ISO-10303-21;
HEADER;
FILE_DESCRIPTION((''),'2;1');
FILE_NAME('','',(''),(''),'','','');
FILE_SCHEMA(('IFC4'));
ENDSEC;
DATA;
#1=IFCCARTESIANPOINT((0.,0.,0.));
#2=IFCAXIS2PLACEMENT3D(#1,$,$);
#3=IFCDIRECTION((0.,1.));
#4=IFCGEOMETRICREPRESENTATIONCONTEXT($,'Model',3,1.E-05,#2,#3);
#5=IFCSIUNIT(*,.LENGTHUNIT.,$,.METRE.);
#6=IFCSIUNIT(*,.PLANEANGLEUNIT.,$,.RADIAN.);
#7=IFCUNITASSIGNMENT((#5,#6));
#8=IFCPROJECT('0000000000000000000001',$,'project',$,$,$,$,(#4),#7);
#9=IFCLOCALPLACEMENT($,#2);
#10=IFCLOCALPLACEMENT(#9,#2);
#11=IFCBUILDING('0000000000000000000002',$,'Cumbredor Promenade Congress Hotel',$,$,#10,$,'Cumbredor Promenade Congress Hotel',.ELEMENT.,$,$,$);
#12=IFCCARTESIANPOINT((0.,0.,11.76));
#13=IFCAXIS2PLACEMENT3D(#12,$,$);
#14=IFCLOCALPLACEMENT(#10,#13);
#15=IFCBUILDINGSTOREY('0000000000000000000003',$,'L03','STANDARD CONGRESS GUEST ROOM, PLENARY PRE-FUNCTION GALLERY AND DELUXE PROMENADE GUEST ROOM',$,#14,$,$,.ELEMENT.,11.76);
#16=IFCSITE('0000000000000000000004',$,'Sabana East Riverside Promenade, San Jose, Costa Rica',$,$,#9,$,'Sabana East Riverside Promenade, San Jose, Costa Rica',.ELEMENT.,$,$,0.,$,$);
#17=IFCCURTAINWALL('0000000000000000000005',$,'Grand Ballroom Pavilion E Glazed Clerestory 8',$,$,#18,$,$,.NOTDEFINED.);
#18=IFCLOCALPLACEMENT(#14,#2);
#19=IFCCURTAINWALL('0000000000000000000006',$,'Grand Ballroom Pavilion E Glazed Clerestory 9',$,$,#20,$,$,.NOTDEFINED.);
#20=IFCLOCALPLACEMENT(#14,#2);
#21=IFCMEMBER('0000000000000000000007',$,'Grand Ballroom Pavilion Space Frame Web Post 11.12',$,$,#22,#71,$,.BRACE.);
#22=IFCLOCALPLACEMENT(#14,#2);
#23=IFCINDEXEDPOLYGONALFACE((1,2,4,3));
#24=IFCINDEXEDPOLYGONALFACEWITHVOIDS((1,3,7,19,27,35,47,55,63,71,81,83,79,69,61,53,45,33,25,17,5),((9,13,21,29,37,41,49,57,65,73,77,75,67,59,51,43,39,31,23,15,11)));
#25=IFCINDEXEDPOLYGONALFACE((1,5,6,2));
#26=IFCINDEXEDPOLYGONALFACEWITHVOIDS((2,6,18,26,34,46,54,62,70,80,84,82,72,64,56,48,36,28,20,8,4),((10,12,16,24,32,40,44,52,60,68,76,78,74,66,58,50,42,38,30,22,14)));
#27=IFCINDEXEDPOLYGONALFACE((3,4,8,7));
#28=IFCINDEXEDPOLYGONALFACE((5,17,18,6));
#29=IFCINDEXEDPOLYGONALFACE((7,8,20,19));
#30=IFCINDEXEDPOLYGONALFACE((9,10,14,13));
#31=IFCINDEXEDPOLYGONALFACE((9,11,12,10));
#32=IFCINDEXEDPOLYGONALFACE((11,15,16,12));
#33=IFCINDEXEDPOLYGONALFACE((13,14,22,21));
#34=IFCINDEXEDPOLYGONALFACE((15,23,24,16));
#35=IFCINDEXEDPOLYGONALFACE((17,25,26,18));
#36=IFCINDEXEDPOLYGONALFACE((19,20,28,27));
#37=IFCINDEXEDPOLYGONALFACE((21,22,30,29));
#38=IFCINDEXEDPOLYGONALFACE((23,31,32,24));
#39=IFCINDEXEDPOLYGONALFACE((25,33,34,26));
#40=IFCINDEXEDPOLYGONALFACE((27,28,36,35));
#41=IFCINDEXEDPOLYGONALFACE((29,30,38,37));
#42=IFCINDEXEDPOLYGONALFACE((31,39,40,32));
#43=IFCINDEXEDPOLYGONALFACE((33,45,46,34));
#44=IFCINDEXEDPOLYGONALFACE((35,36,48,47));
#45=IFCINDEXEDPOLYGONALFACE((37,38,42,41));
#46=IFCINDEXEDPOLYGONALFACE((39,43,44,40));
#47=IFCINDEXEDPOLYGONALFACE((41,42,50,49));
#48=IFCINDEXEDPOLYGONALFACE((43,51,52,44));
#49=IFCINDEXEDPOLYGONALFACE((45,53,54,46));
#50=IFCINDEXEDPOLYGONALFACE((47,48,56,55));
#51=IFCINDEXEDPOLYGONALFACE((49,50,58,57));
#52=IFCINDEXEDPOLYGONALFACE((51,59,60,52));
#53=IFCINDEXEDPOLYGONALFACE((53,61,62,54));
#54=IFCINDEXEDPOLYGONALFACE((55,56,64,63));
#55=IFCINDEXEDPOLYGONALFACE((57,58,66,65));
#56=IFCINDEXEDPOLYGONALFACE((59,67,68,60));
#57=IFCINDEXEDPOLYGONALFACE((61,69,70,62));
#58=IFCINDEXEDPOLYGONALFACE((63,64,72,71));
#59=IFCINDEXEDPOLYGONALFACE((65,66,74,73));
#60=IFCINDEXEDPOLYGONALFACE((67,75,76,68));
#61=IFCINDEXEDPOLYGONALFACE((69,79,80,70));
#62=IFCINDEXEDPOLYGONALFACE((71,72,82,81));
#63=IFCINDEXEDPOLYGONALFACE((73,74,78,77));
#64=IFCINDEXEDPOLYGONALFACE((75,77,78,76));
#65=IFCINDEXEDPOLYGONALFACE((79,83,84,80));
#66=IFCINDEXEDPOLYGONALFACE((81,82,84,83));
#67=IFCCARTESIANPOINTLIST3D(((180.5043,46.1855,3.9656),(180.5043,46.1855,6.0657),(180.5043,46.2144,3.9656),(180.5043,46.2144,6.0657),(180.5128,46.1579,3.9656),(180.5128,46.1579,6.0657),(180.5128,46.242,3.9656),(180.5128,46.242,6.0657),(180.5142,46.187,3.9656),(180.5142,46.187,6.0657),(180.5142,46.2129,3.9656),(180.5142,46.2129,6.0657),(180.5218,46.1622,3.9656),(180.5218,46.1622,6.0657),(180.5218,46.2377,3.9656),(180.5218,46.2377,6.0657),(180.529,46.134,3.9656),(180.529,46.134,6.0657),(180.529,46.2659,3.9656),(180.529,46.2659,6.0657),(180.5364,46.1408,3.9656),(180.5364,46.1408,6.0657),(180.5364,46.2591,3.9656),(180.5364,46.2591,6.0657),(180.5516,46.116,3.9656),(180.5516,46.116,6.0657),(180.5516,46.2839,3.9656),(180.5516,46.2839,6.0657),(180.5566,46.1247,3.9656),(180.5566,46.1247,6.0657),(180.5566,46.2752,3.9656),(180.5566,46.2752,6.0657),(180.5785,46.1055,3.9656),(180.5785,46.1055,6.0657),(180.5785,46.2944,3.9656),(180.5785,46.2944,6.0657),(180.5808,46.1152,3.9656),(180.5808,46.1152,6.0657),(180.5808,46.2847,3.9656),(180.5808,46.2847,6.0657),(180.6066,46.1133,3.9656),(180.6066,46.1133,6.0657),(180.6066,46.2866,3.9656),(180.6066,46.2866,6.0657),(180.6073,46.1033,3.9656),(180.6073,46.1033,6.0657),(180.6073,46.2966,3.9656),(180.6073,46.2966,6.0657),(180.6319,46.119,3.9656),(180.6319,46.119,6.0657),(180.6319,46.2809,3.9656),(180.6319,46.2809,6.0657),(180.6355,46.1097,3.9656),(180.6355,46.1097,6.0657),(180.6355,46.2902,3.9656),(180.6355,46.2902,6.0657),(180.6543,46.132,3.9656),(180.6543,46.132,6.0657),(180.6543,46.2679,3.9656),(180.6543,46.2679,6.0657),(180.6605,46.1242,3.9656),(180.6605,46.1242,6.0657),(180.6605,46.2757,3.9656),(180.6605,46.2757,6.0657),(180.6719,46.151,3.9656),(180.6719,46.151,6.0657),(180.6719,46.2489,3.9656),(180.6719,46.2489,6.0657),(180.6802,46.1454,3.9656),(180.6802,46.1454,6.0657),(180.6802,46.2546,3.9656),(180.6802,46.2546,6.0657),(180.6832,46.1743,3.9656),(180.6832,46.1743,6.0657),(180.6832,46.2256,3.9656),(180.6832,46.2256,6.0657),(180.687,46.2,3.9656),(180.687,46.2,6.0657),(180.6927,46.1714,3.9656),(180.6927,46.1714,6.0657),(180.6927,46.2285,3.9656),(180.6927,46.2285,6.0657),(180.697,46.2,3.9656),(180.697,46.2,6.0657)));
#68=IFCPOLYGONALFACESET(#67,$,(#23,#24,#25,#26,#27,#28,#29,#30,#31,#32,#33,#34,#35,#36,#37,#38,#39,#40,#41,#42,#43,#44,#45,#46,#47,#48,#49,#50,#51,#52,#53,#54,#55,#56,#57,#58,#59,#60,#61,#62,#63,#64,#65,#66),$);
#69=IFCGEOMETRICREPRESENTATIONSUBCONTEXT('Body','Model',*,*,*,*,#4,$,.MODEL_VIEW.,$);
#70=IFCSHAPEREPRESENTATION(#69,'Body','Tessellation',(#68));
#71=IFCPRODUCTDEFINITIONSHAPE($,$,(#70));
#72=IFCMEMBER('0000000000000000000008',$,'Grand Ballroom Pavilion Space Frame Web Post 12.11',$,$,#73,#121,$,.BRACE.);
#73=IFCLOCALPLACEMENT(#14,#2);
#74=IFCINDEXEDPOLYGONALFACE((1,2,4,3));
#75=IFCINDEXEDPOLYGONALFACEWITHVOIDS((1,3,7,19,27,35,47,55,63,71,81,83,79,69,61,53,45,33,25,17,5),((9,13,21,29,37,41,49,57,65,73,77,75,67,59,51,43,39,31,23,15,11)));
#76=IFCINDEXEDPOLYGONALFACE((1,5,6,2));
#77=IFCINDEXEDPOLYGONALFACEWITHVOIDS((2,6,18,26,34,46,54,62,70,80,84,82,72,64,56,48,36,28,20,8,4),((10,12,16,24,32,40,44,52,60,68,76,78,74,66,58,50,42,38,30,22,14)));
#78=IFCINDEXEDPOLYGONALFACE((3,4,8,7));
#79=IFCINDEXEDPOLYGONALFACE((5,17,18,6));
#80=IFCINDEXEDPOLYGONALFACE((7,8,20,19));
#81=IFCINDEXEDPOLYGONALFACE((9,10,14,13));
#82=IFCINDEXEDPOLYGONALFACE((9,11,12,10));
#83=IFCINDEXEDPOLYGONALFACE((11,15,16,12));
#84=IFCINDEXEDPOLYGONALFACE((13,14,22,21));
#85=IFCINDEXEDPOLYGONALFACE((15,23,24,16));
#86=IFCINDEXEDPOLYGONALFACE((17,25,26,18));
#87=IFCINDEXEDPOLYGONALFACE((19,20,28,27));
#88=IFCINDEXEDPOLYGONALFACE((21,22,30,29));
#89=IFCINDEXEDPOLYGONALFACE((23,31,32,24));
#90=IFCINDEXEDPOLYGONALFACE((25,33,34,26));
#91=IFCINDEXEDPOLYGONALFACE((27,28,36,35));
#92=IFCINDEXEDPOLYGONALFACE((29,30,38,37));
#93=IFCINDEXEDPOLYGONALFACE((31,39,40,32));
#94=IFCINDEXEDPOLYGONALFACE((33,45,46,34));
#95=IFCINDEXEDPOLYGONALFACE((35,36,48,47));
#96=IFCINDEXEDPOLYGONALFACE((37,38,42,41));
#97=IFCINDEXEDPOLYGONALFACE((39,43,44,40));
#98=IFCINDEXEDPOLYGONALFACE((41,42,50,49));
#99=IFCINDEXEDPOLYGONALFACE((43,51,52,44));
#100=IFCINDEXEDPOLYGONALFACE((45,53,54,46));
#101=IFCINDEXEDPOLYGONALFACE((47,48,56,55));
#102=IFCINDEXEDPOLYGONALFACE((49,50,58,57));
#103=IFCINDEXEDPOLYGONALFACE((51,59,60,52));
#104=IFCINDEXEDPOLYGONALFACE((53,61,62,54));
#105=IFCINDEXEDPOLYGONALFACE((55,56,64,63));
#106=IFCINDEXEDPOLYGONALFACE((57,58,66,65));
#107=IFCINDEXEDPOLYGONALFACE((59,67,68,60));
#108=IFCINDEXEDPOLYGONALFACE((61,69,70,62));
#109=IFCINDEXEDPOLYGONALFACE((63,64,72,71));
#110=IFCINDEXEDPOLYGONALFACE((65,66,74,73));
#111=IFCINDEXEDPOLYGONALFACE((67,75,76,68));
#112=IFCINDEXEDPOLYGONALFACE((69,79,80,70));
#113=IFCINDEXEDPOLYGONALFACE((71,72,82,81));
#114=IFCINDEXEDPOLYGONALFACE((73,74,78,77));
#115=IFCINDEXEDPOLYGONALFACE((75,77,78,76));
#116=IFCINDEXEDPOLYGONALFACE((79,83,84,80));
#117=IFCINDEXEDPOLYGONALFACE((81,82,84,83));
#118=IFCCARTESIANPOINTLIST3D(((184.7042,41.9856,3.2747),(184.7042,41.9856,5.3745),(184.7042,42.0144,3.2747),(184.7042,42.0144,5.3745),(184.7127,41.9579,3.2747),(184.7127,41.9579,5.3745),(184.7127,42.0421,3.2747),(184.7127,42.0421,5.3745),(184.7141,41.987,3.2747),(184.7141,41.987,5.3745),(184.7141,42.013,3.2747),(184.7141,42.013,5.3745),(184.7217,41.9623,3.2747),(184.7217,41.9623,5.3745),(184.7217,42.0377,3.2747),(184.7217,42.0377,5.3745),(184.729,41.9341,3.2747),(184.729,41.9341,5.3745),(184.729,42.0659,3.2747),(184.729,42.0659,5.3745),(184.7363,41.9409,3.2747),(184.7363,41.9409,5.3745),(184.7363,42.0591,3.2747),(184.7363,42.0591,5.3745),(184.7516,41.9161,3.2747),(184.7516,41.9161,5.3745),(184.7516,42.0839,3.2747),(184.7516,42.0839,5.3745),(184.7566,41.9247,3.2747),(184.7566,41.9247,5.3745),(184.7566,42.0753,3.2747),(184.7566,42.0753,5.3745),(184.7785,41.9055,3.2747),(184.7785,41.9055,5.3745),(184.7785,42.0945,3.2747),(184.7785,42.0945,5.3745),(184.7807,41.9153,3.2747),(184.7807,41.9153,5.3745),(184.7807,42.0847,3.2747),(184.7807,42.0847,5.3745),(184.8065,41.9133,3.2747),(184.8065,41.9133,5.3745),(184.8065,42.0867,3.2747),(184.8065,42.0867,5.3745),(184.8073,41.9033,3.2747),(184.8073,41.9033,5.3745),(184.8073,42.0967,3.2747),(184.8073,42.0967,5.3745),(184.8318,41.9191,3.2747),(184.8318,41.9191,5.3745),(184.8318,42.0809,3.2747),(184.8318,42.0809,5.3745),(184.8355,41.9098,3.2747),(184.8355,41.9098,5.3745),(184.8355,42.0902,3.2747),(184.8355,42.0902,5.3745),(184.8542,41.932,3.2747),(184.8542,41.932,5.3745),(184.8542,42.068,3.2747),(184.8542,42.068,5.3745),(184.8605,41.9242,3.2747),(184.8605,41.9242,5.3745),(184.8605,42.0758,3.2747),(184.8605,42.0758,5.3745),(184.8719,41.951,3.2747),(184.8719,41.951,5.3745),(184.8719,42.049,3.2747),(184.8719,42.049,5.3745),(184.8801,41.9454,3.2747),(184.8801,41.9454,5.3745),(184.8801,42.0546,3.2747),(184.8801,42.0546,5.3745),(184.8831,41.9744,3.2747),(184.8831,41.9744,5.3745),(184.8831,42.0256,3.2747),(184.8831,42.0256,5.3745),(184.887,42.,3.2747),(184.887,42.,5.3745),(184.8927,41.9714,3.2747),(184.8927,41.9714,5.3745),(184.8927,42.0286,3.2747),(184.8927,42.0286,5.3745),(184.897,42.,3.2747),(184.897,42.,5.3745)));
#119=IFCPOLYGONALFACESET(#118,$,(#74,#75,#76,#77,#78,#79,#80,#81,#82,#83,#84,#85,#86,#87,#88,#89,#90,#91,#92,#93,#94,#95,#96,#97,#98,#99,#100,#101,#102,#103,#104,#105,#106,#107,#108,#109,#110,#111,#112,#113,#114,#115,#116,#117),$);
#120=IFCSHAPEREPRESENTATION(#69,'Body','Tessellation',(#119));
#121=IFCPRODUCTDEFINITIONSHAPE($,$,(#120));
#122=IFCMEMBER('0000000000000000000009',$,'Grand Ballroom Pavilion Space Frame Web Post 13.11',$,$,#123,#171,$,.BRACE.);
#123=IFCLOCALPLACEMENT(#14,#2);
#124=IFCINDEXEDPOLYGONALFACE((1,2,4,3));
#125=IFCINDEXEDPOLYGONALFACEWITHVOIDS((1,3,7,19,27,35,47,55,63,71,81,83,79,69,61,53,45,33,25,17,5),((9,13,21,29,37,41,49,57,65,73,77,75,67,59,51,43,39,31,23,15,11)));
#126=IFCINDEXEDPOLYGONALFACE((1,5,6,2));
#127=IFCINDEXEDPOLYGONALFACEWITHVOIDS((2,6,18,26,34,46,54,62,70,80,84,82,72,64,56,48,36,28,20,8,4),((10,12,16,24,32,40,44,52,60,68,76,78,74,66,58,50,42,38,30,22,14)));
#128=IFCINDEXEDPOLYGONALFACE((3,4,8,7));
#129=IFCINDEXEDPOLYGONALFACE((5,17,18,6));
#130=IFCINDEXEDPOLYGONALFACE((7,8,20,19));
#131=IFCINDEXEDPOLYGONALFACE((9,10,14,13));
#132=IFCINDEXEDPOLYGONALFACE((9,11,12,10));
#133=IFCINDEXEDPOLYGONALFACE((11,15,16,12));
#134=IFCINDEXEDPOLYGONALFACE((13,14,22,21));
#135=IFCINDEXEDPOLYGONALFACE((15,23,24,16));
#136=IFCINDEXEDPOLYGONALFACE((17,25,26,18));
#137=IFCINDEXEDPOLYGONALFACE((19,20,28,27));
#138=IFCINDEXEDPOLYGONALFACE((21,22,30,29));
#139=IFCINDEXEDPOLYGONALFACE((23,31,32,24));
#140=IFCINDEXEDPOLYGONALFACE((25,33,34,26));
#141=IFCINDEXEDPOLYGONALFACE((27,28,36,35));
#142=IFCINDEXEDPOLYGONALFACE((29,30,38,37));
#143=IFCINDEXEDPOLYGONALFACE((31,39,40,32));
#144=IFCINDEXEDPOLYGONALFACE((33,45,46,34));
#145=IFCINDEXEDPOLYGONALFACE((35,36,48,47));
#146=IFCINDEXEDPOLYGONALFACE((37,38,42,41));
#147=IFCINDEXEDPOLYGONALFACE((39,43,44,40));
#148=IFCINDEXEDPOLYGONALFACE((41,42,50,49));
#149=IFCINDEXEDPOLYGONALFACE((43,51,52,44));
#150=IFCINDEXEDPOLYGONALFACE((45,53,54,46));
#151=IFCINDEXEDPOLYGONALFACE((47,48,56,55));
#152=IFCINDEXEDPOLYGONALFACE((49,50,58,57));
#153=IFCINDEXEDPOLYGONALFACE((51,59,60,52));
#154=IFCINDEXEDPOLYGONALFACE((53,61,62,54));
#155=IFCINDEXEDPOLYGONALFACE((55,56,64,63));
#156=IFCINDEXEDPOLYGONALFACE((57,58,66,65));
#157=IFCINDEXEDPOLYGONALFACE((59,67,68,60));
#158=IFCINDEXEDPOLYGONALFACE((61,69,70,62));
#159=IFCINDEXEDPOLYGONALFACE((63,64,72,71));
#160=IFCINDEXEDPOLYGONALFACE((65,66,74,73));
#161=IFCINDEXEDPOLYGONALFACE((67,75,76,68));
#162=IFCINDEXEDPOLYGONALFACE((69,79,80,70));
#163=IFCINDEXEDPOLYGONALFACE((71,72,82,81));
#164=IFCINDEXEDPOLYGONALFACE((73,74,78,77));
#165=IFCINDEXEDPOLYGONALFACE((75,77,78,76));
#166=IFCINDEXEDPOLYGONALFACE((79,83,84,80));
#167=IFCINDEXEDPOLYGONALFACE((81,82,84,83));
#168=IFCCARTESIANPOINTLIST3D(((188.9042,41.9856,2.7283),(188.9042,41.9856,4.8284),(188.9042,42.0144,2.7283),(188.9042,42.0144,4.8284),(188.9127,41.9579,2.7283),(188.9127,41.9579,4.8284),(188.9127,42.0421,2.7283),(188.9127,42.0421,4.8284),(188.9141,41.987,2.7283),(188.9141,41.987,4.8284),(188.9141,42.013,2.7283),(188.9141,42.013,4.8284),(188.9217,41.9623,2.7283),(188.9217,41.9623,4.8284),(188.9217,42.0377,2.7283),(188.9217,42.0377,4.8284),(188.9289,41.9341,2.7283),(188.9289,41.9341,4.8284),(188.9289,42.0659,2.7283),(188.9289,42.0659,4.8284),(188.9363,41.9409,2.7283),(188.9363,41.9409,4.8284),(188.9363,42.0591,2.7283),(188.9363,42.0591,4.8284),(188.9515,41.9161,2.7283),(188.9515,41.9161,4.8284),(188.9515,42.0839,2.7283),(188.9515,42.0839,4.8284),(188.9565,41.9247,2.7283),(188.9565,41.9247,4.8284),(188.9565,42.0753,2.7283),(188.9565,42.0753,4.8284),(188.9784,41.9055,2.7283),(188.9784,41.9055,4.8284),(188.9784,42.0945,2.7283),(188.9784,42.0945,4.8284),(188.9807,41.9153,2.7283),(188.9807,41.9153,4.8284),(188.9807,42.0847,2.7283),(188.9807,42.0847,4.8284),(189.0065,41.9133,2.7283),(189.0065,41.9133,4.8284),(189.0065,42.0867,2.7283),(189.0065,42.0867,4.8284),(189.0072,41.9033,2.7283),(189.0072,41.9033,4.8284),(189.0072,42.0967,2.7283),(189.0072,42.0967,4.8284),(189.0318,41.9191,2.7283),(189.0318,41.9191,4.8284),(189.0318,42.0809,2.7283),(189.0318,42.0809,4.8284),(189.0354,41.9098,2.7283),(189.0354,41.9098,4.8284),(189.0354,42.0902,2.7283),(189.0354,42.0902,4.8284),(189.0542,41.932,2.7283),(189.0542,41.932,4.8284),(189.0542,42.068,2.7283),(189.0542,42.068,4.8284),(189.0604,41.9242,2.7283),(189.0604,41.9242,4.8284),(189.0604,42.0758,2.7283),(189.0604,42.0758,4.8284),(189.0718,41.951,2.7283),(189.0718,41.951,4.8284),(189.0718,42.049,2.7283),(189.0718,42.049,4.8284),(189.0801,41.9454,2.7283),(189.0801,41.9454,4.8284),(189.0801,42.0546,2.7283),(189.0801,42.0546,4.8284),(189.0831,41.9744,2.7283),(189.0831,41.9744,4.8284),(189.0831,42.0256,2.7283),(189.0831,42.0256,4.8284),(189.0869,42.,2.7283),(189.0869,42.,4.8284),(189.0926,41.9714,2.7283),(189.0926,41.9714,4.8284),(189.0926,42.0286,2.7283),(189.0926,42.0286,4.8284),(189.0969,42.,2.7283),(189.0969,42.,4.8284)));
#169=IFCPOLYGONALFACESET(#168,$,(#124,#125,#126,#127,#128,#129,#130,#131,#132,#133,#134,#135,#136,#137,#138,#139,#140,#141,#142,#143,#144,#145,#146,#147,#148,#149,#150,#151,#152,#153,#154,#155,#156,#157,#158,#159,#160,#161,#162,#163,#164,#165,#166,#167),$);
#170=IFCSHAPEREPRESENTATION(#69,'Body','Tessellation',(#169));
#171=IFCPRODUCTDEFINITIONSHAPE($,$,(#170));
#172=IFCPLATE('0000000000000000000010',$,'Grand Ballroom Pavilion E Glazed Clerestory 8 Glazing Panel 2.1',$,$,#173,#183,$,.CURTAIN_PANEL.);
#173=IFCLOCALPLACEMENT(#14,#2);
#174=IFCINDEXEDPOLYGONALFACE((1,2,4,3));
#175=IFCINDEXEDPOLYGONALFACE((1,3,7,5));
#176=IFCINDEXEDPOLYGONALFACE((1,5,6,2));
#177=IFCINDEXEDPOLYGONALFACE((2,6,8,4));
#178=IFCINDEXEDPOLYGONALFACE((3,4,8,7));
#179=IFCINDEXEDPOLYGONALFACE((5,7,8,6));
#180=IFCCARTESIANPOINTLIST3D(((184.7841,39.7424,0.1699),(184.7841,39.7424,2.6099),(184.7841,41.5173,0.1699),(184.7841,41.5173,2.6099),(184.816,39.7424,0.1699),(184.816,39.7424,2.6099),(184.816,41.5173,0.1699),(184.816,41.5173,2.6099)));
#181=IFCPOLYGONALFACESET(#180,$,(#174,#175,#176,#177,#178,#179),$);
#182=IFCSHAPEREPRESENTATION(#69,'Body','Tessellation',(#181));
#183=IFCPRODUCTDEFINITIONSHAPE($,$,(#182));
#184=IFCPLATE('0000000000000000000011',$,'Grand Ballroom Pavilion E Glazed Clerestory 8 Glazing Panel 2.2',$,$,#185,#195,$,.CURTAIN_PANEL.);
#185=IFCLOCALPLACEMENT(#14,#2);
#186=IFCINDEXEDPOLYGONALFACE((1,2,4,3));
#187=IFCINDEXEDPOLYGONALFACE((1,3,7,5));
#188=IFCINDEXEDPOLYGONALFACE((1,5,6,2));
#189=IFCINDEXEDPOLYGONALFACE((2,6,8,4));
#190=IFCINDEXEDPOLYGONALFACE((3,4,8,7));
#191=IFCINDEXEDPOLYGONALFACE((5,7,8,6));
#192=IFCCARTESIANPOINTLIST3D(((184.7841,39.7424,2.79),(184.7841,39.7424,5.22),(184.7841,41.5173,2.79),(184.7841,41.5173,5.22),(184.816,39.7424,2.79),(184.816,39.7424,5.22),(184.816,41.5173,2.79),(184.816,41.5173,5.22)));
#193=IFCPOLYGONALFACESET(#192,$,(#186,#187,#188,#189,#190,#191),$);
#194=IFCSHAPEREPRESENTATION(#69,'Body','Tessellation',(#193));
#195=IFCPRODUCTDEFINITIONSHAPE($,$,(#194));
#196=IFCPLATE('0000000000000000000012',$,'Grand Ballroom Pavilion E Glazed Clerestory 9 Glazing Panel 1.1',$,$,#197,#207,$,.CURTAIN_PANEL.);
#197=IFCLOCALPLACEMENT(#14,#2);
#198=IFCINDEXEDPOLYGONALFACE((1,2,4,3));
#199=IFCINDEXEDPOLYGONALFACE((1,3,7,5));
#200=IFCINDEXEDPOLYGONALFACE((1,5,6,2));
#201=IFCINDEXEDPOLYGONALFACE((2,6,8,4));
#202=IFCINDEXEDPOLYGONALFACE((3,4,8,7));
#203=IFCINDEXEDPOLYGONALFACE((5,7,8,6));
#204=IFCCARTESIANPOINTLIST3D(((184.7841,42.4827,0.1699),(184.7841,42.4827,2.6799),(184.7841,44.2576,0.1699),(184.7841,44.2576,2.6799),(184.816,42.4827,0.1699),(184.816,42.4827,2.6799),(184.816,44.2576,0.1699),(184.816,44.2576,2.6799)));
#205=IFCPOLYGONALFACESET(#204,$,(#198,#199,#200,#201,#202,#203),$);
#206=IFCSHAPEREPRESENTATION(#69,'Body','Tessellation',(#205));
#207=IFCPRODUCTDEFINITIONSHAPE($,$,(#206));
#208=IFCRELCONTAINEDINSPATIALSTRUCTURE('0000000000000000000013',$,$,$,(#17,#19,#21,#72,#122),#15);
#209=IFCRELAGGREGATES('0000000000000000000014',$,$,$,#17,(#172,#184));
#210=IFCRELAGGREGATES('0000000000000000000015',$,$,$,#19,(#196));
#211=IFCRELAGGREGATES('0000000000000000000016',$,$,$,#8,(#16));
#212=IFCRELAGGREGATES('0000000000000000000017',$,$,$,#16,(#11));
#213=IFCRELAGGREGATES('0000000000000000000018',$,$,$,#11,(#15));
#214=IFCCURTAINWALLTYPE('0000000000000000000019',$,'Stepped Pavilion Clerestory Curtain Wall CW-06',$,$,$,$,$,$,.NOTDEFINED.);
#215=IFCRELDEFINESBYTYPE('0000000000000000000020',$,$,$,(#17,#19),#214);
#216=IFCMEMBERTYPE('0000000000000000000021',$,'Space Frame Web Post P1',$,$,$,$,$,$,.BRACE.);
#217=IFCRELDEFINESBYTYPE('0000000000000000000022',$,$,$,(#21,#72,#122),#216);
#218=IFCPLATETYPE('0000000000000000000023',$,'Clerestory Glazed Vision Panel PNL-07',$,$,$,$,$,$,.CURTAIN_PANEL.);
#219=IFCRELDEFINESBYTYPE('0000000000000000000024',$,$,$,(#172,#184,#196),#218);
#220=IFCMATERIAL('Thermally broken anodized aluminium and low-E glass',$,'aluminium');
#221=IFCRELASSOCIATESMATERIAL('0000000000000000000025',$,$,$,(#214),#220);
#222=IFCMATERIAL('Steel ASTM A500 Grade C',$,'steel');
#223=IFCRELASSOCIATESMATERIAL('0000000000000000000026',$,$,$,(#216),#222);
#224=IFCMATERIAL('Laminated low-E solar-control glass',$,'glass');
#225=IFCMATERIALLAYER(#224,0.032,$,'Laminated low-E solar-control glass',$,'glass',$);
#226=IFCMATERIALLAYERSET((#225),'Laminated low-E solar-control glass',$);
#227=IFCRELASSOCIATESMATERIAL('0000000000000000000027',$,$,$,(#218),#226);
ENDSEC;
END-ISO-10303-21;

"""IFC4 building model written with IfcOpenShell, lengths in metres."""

from ifc_helpers import new_model, si_unit, direction, frame, origin, origin_2d, place, context, subcontext, project, spatial, rectangle, hollow_circle, extrude, material, layer, layer_set, material_profile, profile_set, type_object, element, aggregate, save


model = new_model("IFC4")

# Units and contexts
model_context = context("Model", 3, precision=1e-05, world=origin(), true_north=direction((0.0, 1.0)))
body_context = subcontext(model_context, "Body", "Model", "MODEL_VIEW")
ifc_project = project(units=[si_unit("LENGTHUNIT", "METRE"), si_unit("PLANEANGLEUNIT", "RADIAN")], contexts=[model_context])

# Site, building, storey
site_placement = place(None, origin())
site = spatial("IfcSite", under=ifc_project, at=site_placement, Name="Sabana East Riverside Promenade, San Jose, Costa Rica", LongName="Sabana East Riverside Promenade, San Jose, Costa Rica", CompositionType="ELEMENT", RefElevation=0.0)
building_placement = place(site_placement, origin())
building = spatial("IfcBuilding", under=site, at=building_placement, Name="Cumbredor Promenade Congress Hotel", LongName="Cumbredor Promenade Congress Hotel", CompositionType="ELEMENT")
storey_placement = place(building_placement, frame((0.0, 0.0, 11.76)))
storey = spatial("IfcBuildingStorey", under=building, at=storey_placement, Name="L03", Description="STANDARD CONGRESS GUEST ROOM, PLENARY PRE-FUNCTION GALLERY AND DELUXE PROMENADE GUEST ROOM", CompositionType="ELEMENT", Elevation=11.76)

# Shared definitions
ifc_material_1 = material(Name="Steel ASTM A500 Grade C", Category="steel")

# Curtain wall
ifc_material_2 = material(Name="Thermally broken anodized aluminium and low-E glass", Category="aluminium")
curtain_wall_type = type_object("IfcCurtainWallType", Name="Stepped Pavilion Clerestory Curtain Wall CW-06", PredefinedType="NOTDEFINED", material=ifc_material_2)
curtain_wall_1_placement = place(storey_placement, origin())
curtain_wall_1 = element("IfcCurtainWall", 1, at=curtain_wall_1_placement, inside=storey, type_object=curtain_wall_type, Name="Grand Ballroom Pavilion E Glazed Clerestory 8", PredefinedType="NOTDEFINED")

# Curtain wall
curtain_wall_2_placement = place(storey_placement, origin())
curtain_wall_2 = element("IfcCurtainWall", 2, at=curtain_wall_2_placement, inside=storey, type_object=curtain_wall_type, Name="Grand Ballroom Pavilion E Glazed Clerestory 9", PredefinedType="NOTDEFINED")

# Members
ifc_material_profile_1 = material_profile(ifc_material_1, hollow_circle(Radius=0.0969, WallThickness=0.01, at=origin_2d()), Name="CHS 193.7x10")
ifc_profile_set_1 = profile_set([ifc_material_profile_1], Name="Steel ASTM A500 Grade C")
member_type_1 = type_object("IfcMemberType", Name="Space Frame Web Post P1", PredefinedType="BRACE", material=ifc_profile_set_1)
member_1_placement = place(storey_placement, frame((180.6001, 46.2, 3.9656), z_axis=(0.0, 0.0, 1.0), x_axis=(1.0, 0.0, 0.0)))
element("IfcMember", 3, at=member_1_placement, inside=storey, type_object=member_type_1, Name="Grand Ballroom Pavilion Space Frame Web Post 11.12", PredefinedType="BRACE", context=body_context, shape_type="SweptSolid", body=[
    extrude(hollow_circle(Radius=0.0969, WallThickness=0.01, at=origin_2d()), origin(), (0.0, 0.0, 1.0), 2.1001),
])
member_2_placement = place(storey_placement, frame((184.8, 42.0, 3.2747), z_axis=(0.0, 0.0, 1.0), x_axis=(1.0, 0.0, 0.0)))
element("IfcMember", 4, at=member_2_placement, inside=storey, type_object=member_type_1, Name="Grand Ballroom Pavilion Space Frame Web Post 12.11", PredefinedType="BRACE", context=body_context, shape_type="SweptSolid", body=[
    extrude(hollow_circle(Radius=0.0969, WallThickness=0.01, at=origin_2d()), origin(), (0.0, 0.0, 1.0), 2.0999),
])
member_3_placement = place(storey_placement, frame((189.0, 42.0, 2.7283), z_axis=(0.0, 0.0, 1.0), x_axis=(1.0, 0.0, 0.0)))
element("IfcMember", 5, at=member_3_placement, inside=storey, type_object=member_type_1, Name="Grand Ballroom Pavilion Space Frame Web Post 13.11", PredefinedType="BRACE", context=body_context, shape_type="SweptSolid", body=[
    extrude(hollow_circle(Radius=0.0969, WallThickness=0.01, at=origin_2d()), origin(), (0.0, 0.0, 1.0), 2.1001),
])

# Plates
ifc_material_3 = material(Name="Laminated low-E solar-control glass", Category="glass")
ifc_layer_1 = layer(ifc_material_3, 0.032, Name="Laminated low-E solar-control glass", Category="glass")
ifc_layer_set_1 = layer_set([ifc_layer_1], Name="Laminated low-E solar-control glass")
plate_type_1 = type_object("IfcPlateType", Name="Clerestory Glazed Vision Panel PNL-07", PredefinedType="CURTAIN_PANEL", material=ifc_layer_set_1)
plate_1_placement = place(storey_placement, frame((184.8, 40.6299, 0.1699), z_axis=(0.0, 0.0, 1.0), x_axis=(0.0, 1.0, 0.0)))
plate_1 = element("IfcPlate", 6, at=plate_1_placement, type_object=plate_type_1, Name="Grand Ballroom Pavilion E Glazed Clerestory 8 Glazing Panel 2.1", PredefinedType="CURTAIN_PANEL", context=body_context, shape_type="SweptSolid", body=[
    extrude(rectangle(XDim=1.7749, YDim=0.032, at=origin_2d()), origin(), (0.0, 0.0, 1.0), 2.4399),
])
plate_2_placement = place(storey_placement, frame((184.8, 40.6299, 2.79), z_axis=(0.0, 0.0, 1.0), x_axis=(0.0, 1.0, 0.0)))
plate_2 = element("IfcPlate", 7, at=plate_2_placement, type_object=plate_type_1, Name="Grand Ballroom Pavilion E Glazed Clerestory 8 Glazing Panel 2.2", PredefinedType="CURTAIN_PANEL", context=body_context, shape_type="SweptSolid", body=[
    extrude(rectangle(XDim=1.7749, YDim=0.032, at=origin_2d()), origin(), (0.0, 0.0, 1.0), 2.4299),
])
aggregate(curtain_wall_1, [plate_1, plate_2])
plate_3_placement = place(storey_placement, frame((184.8, 43.3701, 0.1699), z_axis=(0.0, 0.0, 1.0), x_axis=(0.0, 1.0, 0.0)))
plate_3 = element("IfcPlate", 8, at=plate_3_placement, type_object=plate_type_1, Name="Grand Ballroom Pavilion E Glazed Clerestory 9 Glazing Panel 1.1", PredefinedType="CURTAIN_PANEL", context=body_context, shape_type="SweptSolid", body=[
    extrude(rectangle(XDim=1.7749, YDim=0.032, at=origin_2d()), origin(), (0.0, 0.0, 1.0), 2.51),
])
aggregate(curtain_wall_2, [plate_3])

save(model, "model.ifc")
